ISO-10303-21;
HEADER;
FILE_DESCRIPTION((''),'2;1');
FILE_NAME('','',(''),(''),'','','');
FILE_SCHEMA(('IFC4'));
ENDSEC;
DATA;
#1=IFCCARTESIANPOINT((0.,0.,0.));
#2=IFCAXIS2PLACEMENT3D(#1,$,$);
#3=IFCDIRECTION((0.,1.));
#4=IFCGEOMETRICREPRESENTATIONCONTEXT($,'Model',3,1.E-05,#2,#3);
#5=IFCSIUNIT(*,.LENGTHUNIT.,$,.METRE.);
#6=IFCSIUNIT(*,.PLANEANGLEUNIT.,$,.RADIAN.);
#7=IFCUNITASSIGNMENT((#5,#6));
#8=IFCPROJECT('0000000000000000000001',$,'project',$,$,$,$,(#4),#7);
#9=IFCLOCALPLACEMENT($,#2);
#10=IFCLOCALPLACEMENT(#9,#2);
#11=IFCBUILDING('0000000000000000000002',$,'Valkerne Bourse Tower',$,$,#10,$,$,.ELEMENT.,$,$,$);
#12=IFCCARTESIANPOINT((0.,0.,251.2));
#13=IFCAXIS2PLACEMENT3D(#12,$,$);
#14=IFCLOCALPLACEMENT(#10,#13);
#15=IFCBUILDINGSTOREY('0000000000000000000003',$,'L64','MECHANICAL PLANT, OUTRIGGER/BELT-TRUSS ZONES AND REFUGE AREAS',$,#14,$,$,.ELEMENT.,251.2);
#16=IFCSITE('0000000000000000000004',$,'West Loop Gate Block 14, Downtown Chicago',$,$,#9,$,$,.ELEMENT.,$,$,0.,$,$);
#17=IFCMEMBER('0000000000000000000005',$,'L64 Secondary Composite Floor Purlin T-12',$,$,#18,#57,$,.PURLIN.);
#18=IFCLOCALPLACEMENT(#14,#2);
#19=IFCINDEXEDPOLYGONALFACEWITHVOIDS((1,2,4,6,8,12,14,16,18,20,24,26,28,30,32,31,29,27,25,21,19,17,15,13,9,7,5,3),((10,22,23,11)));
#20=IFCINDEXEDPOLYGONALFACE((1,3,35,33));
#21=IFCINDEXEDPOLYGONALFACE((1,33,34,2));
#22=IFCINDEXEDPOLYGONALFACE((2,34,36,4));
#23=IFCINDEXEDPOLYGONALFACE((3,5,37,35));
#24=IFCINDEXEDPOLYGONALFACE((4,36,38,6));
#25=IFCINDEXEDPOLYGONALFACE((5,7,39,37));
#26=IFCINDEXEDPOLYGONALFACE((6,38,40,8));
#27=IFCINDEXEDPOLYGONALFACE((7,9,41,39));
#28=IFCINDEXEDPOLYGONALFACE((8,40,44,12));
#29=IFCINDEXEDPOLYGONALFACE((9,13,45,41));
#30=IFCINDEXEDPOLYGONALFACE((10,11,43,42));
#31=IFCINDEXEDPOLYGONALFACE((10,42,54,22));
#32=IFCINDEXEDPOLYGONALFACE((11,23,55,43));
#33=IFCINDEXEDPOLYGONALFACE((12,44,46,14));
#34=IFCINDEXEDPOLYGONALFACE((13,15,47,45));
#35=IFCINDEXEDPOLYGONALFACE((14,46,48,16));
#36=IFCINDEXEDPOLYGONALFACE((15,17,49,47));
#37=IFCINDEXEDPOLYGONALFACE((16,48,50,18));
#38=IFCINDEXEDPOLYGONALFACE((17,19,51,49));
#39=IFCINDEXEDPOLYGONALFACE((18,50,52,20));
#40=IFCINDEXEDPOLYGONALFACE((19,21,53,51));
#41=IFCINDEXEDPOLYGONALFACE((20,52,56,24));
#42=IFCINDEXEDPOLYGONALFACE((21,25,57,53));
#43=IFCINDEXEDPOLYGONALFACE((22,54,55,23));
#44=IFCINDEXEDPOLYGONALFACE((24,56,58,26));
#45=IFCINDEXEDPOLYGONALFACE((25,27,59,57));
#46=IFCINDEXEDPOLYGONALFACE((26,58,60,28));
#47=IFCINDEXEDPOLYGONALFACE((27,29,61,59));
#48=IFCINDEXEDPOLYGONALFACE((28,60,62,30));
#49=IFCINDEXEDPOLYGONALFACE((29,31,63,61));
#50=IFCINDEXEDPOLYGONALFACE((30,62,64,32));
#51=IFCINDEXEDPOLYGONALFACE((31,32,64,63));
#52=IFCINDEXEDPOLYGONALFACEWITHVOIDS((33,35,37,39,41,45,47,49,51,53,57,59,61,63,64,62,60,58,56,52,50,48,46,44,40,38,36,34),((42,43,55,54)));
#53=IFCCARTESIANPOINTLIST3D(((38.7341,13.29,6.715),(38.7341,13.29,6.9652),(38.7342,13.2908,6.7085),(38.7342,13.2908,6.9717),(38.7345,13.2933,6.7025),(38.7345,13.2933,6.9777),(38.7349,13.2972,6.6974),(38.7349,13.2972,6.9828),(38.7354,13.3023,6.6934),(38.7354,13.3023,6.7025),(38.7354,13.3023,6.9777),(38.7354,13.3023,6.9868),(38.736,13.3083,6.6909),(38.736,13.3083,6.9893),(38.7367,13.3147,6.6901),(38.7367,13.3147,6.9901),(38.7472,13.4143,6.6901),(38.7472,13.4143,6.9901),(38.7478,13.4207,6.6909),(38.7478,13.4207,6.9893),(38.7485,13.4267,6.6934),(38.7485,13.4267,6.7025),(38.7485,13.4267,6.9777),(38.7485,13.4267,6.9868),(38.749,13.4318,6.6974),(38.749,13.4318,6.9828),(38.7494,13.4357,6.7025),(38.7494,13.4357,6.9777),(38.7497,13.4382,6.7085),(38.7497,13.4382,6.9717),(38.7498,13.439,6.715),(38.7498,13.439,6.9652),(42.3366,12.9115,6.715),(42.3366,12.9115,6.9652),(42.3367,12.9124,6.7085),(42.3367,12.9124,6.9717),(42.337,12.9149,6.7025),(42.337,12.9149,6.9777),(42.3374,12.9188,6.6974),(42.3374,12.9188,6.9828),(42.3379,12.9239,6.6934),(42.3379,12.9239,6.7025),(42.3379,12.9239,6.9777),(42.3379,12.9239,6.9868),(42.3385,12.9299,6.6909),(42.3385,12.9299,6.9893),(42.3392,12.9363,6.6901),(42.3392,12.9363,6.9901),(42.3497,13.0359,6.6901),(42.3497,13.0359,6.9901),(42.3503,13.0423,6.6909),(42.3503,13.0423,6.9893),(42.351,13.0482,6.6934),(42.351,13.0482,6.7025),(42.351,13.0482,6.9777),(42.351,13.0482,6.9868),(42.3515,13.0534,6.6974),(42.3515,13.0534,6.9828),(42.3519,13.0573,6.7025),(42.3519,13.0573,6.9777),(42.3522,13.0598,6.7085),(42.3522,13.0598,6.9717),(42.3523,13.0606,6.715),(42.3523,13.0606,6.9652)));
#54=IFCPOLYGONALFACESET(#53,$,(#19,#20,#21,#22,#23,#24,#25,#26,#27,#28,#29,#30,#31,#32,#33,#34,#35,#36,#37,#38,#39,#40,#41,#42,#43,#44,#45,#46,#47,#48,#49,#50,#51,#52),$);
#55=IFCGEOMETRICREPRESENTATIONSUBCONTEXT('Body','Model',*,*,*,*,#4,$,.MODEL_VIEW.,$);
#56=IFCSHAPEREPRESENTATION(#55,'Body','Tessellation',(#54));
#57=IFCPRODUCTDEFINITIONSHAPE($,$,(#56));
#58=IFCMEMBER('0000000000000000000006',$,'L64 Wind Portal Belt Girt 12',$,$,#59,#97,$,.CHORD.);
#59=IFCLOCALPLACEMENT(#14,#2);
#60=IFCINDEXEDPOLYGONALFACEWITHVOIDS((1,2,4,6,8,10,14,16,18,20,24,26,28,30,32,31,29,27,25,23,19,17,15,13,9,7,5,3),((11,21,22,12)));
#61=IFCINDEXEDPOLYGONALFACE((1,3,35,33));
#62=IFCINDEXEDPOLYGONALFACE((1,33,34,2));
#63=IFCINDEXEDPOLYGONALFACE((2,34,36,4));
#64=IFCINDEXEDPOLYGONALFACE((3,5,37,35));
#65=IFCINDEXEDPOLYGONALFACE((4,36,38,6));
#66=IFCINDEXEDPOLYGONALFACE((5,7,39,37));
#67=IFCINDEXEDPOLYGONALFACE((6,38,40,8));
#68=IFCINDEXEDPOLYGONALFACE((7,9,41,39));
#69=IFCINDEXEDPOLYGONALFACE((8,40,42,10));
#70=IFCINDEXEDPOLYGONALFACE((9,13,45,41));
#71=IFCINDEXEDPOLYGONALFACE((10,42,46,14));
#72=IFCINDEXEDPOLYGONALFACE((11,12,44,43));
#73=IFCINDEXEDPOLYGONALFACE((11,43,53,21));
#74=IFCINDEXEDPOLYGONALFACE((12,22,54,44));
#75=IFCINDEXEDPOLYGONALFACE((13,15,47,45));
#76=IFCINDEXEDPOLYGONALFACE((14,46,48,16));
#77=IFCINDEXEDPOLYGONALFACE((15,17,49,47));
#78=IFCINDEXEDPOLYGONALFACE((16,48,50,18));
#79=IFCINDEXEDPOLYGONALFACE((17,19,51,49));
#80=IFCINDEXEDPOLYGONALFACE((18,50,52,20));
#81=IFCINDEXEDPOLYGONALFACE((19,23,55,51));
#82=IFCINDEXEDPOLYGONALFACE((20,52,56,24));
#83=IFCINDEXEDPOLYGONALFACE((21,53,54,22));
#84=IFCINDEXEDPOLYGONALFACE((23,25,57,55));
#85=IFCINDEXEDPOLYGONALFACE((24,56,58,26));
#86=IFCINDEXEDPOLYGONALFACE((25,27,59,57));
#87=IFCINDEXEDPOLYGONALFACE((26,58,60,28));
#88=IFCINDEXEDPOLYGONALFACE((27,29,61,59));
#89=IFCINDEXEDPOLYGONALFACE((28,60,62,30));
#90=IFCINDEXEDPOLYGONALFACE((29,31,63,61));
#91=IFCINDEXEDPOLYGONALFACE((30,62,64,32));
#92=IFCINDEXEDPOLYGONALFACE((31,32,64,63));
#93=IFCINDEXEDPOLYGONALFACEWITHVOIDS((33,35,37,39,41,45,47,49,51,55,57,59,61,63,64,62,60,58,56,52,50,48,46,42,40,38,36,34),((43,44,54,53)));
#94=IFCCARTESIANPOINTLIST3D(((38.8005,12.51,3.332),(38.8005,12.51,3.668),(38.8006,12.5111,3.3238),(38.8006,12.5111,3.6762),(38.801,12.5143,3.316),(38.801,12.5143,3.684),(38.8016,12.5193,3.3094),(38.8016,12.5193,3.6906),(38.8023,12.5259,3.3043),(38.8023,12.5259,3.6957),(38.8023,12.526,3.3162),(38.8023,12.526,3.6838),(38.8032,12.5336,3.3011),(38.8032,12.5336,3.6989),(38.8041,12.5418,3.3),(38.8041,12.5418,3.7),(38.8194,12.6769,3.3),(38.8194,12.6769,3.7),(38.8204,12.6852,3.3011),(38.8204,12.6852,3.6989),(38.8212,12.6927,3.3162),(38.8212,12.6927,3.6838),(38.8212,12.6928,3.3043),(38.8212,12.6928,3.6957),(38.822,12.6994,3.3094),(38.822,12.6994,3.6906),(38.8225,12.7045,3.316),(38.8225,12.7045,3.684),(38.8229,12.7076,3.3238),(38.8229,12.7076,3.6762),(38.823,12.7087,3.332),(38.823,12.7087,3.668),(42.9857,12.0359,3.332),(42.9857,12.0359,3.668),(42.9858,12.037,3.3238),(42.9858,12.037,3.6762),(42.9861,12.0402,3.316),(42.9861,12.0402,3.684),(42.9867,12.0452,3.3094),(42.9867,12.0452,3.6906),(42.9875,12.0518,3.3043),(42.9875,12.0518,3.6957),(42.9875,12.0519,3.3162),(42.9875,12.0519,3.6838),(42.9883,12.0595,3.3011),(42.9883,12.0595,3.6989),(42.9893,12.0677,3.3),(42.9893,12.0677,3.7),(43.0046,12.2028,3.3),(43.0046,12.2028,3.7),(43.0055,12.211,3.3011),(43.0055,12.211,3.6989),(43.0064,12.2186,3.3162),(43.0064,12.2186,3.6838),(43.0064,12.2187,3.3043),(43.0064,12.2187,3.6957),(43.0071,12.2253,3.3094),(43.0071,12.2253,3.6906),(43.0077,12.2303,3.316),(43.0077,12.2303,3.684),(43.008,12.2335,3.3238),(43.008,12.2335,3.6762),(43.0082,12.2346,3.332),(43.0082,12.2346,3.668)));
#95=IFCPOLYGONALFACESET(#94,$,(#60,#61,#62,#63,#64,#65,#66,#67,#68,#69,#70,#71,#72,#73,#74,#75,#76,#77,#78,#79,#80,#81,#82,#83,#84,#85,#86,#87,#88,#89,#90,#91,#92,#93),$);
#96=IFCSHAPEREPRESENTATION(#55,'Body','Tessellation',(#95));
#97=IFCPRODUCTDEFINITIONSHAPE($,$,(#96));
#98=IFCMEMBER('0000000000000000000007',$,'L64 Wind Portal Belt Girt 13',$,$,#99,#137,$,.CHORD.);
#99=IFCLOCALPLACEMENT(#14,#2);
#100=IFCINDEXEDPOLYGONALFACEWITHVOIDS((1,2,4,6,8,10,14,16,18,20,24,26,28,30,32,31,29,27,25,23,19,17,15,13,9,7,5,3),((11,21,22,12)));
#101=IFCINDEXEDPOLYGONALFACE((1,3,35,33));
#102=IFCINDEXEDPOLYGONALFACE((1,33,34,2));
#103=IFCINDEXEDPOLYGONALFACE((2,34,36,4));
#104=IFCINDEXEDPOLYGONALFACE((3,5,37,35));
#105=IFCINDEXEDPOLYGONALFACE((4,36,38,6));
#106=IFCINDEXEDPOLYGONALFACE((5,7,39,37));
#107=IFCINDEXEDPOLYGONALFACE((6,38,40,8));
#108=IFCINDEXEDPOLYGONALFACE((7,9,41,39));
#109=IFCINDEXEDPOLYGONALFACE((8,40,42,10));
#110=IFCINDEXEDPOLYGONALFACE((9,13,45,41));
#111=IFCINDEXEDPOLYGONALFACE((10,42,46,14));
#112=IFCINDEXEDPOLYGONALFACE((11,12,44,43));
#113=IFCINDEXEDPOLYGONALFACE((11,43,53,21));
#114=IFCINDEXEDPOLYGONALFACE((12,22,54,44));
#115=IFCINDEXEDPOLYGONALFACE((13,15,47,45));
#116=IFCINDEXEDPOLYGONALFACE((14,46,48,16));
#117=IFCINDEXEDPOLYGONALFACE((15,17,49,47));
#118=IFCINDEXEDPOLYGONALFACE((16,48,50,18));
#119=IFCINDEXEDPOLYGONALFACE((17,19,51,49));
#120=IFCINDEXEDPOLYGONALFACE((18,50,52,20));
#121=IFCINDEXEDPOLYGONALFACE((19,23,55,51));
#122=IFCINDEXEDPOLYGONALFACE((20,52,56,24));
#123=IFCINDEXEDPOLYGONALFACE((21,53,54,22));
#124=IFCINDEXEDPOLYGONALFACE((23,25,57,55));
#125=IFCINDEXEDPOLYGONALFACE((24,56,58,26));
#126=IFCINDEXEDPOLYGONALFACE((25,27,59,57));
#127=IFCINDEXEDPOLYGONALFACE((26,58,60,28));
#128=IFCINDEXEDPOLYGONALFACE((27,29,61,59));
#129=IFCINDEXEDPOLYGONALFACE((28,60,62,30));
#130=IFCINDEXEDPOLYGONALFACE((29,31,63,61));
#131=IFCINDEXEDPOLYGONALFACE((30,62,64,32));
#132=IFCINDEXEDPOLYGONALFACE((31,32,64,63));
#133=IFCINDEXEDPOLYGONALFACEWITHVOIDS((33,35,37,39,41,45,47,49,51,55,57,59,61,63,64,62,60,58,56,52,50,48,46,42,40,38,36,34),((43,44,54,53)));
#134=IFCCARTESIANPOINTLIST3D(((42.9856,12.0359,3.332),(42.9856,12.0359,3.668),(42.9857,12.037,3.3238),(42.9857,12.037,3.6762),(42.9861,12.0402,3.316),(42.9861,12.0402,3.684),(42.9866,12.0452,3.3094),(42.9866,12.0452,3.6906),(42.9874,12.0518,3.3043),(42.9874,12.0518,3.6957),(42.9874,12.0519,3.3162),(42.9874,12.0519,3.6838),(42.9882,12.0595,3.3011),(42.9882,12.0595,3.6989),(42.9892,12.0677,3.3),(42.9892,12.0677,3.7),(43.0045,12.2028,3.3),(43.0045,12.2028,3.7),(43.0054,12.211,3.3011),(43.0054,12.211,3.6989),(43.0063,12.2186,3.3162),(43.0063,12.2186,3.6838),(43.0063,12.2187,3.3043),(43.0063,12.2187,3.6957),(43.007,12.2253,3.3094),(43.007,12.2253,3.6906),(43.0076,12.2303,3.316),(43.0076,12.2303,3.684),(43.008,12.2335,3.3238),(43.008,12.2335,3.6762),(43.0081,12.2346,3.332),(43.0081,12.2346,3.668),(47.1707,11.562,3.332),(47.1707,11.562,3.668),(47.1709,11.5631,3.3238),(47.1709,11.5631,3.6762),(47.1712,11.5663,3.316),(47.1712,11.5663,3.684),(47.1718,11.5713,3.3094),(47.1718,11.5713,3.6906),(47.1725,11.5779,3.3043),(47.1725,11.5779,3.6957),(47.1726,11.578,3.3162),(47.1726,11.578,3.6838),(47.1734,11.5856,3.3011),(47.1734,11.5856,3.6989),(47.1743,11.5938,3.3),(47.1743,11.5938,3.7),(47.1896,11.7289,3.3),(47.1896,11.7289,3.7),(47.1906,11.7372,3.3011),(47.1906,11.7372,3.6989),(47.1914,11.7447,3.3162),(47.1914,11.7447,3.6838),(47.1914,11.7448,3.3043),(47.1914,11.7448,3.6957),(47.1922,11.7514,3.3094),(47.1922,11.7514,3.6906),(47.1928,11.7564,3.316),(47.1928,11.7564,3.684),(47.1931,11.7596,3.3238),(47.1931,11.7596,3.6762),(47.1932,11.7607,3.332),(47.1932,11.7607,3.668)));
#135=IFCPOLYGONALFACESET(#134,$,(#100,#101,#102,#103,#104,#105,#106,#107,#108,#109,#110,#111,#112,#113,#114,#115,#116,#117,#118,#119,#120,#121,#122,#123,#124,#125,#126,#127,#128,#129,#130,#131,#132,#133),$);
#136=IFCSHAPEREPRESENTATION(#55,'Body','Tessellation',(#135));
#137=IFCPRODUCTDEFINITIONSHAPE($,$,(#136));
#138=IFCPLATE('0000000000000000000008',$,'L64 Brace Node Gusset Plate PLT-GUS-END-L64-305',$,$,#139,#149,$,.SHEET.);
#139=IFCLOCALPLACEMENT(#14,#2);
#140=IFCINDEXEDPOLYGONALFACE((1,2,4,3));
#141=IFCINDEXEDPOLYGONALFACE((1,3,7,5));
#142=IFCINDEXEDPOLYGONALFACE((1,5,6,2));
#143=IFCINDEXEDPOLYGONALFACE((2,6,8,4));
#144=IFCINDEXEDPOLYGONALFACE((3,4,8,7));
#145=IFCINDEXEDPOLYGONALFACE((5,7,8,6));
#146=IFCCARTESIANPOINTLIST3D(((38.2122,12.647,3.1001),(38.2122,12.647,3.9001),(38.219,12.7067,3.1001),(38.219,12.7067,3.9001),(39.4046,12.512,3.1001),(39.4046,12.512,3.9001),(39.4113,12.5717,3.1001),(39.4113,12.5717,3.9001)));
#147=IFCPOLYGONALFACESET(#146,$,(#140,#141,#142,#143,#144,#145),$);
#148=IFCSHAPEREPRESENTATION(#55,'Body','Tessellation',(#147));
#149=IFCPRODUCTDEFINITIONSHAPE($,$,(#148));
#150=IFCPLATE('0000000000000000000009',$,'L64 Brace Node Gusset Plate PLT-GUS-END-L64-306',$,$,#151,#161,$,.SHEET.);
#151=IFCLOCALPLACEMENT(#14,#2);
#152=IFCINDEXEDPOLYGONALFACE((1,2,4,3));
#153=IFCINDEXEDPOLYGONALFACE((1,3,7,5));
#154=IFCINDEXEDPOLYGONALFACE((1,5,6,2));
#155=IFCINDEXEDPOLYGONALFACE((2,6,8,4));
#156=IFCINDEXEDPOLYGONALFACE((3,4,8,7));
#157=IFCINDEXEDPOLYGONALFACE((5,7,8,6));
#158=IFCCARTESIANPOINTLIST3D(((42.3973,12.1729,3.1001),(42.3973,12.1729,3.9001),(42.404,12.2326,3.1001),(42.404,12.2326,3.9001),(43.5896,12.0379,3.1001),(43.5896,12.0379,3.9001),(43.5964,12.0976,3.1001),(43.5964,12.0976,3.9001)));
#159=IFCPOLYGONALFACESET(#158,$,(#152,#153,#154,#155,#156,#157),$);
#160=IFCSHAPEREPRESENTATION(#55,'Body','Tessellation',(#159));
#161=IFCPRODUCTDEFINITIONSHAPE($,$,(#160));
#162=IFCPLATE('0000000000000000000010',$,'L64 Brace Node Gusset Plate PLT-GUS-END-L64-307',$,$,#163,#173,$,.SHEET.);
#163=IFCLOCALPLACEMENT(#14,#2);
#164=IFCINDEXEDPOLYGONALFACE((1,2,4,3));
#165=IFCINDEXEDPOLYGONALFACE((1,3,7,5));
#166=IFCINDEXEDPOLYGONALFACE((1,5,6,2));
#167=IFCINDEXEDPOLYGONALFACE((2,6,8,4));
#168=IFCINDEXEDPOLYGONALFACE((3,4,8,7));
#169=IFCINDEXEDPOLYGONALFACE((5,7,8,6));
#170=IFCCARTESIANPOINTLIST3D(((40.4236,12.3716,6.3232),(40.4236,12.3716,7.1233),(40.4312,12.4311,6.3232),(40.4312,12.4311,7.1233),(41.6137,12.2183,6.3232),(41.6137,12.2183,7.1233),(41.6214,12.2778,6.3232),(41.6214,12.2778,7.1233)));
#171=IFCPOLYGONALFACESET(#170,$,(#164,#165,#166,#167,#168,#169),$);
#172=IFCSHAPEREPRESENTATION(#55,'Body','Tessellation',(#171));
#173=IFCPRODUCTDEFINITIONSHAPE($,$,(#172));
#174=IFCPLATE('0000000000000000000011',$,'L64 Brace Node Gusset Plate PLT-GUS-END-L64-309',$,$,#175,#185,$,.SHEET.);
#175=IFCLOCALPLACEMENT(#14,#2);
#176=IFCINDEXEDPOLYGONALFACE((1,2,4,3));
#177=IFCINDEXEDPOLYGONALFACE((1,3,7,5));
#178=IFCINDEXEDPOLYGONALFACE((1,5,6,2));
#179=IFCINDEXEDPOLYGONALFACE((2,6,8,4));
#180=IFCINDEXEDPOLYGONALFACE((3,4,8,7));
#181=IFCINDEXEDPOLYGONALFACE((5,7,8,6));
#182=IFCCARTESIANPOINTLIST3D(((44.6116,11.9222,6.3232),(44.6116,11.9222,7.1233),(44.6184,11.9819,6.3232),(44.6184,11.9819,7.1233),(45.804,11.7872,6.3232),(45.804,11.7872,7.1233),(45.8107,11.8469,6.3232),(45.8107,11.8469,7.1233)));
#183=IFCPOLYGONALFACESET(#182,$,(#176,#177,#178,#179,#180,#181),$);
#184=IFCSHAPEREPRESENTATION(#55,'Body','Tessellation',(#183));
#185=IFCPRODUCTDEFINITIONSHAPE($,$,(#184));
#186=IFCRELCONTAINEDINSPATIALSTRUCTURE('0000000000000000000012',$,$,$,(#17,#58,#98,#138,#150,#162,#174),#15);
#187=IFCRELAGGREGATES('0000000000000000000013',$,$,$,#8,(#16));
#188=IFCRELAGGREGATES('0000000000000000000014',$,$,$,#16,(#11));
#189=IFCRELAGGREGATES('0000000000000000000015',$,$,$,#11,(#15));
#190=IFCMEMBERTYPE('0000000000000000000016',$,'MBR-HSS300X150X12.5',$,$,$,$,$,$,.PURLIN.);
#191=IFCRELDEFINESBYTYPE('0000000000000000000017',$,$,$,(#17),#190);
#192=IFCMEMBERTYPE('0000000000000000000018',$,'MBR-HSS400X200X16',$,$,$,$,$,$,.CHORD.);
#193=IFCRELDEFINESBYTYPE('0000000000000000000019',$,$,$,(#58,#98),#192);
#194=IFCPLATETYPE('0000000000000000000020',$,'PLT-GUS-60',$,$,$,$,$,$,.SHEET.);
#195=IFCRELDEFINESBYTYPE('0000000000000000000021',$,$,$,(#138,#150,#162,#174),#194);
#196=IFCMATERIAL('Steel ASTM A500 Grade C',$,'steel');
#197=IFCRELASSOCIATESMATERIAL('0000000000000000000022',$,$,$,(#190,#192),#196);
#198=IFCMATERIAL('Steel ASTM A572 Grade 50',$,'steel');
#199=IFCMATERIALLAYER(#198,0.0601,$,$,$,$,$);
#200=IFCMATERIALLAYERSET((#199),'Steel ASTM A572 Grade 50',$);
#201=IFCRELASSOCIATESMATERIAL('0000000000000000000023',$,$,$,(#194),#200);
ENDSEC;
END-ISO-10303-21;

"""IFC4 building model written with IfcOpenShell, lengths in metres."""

from ifc_helpers import new_model, si_unit, direction, frame, origin, origin_2d, place, context, subcontext, project, spatial, rectangle, hollow_rectangle, extrude, material, layer, layer_set, material_profile, profile_set, type_object, element, save


model = new_model("IFC4")

# Units and contexts
model_context = context("Model", 3, precision=1e-05, world=origin(), true_north=direction((0.0, 1.0)))
body_context = subcontext(model_context, "Body", "Model", "MODEL_VIEW")
ifc_project = project(units=[si_unit("LENGTHUNIT", "METRE"), si_unit("PLANEANGLEUNIT", "RADIAN")], contexts=[model_context])

# Site, building, storey
site_placement = place(None, origin())
site = spatial("IfcSite", under=ifc_project, at=site_placement, Name="West Loop Gate Block 14, Downtown Chicago", CompositionType="ELEMENT", RefElevation=0.0)
building_placement = place(site_placement, origin())
building = spatial("IfcBuilding", under=site, at=building_placement, Name="Valkerne Bourse Tower", CompositionType="ELEMENT")
storey_placement = place(building_placement, frame((0.0, 0.0, 251.2)))
storey = spatial("IfcBuildingStorey", under=building, at=storey_placement, Name="L64", Description="MECHANICAL PLANT, OUTRIGGER/BELT-TRUSS ZONES AND REFUGE AREAS", CompositionType="ELEMENT", Elevation=251.2)

# Members
ifc_material_1 = material(Name="Steel ASTM A500 Grade C", Category="steel")
ifc_material_profile_1 = material_profile(ifc_material_1, hollow_rectangle(XDim=0.1499, YDim=0.3, WallThickness=0.0125, OuterFilletRadius=0.0249, at=origin_2d()), Name="HSS300X150X12.5")
ifc_profile_set_1 = profile_set([ifc_material_profile_1], Name="Steel ASTM A500 Grade C")
member_type_1 = type_object("IfcMemberType", Name="MBR-HSS300X150X12.5", PredefinedType="PURLIN", material=ifc_profile_set_1)
member_1_placement = place(storey_placement, frame((38.7419, 13.3645, 6.8401), z_axis=(0.994528, -0.104467, 0.0), x_axis=(0.104467, 0.994528, 0.0)))
element("IfcMember", 1, at=member_1_placement, inside=storey, type_object=member_type_1, Name="L64 Secondary Composite Floor Purlin T-12", PredefinedType="PURLIN", context=body_context, shape_type="SweptSolid", body=[
    extrude(hollow_rectangle(XDim=0.1499, YDim=0.3, WallThickness=0.0125, OuterFilletRadius=0.0249, at=origin_2d()), origin(), (0.0, 0.0, 1.0), 3.6223),
])
ifc_material_profile_2 = material_profile(ifc_material_1, hollow_rectangle(XDim=0.2, YDim=0.3999, WallThickness=0.0161, OuterFilletRadius=0.032, at=origin_2d()), Name="HSS400X200X16")
ifc_profile_set_2 = profile_set([ifc_material_profile_2], Name="Steel ASTM A500 Grade C")
member_type_2 = type_object("IfcMemberType", Name="MBR-HSS400X200X16", PredefinedType="CHORD", material=ifc_profile_set_2)
for number, where, z_axis, x_axis, name in (
    (2, (38.8118, 12.6094, 3.5), (0.993644, -0.112569, 0.0), (0.112569, 0.993644, 0.0), "L64 Wind Portal Belt Girt 12"),
    (3, (42.9968, 12.1353, 3.5), (0.99365, -0.112512, 0.0), (0.112512, 0.99365, 0.0), "L64 Wind Portal Belt Girt 13"),
):
    element("IfcMember", number, at=place(storey_placement, frame(where, z_axis=z_axis, x_axis=x_axis)), inside=storey, type_object=member_type_2, Name=name, PredefinedType="CHORD", context=body_context, shape_type="SweptSolid", body=[
        extrude(hollow_rectangle(XDim=0.2, YDim=0.3999, WallThickness=0.0161, OuterFilletRadius=0.032, at=origin_2d()), origin(), (0.0, 0.0, 1.0), 4.2119),
    ])

# Plates
ifc_material_2 = material(Name="Steel ASTM A572 Grade 50", Category="steel")
ifc_layer = layer(ifc_material_2, 0.0601)
ifc_layer_set = layer_set([ifc_layer], Name="Steel ASTM A572 Grade 50")
plate_type = type_object("IfcPlateType", Name="PLT-GUS-60", PredefinedType="SHEET", material=ifc_layer_set)
for number, where, z_axis, x_axis, name in (
    (4, (38.8118, 12.6094, 3.1001), (0.0, 0.0, 1.0), (0.993651, -0.11251, 0.0), "L64 Brace Node Gusset Plate PLT-GUS-END-L64-305"),
    (5, (42.9968, 12.1353, 3.1001), (0.0, 0.0, 1.0), (0.993651, -0.11251, 0.0), "L64 Brace Node Gusset Plate PLT-GUS-END-L64-306"),
    (6, (41.0225, 12.3247, 6.3232), (0.0, 0.0, 1.0), (0.991805, -0.127757, 0.0), "L64 Brace Node Gusset Plate PLT-GUS-END-L64-307"),
    (7, (45.2112, 11.8845, 6.3232), (0.0, 0.0, 1.0), (0.993651, -0.11251, 0.0), "L64 Brace Node Gusset Plate PLT-GUS-END-L64-309"),
):
    element("IfcPlate", number, at=place(storey_placement, frame(where, z_axis=z_axis, x_axis=x_axis)), inside=storey, type_object=plate_type, Name=name, PredefinedType="SHEET", context=body_context, shape_type="SweptSolid", body=[
        extrude(rectangle(XDim=1.2, YDim=0.0601, at=origin_2d()), origin(), (0.0, 0.0, 1.0), 0.8),
    ])

save(model, "model.ifc")
